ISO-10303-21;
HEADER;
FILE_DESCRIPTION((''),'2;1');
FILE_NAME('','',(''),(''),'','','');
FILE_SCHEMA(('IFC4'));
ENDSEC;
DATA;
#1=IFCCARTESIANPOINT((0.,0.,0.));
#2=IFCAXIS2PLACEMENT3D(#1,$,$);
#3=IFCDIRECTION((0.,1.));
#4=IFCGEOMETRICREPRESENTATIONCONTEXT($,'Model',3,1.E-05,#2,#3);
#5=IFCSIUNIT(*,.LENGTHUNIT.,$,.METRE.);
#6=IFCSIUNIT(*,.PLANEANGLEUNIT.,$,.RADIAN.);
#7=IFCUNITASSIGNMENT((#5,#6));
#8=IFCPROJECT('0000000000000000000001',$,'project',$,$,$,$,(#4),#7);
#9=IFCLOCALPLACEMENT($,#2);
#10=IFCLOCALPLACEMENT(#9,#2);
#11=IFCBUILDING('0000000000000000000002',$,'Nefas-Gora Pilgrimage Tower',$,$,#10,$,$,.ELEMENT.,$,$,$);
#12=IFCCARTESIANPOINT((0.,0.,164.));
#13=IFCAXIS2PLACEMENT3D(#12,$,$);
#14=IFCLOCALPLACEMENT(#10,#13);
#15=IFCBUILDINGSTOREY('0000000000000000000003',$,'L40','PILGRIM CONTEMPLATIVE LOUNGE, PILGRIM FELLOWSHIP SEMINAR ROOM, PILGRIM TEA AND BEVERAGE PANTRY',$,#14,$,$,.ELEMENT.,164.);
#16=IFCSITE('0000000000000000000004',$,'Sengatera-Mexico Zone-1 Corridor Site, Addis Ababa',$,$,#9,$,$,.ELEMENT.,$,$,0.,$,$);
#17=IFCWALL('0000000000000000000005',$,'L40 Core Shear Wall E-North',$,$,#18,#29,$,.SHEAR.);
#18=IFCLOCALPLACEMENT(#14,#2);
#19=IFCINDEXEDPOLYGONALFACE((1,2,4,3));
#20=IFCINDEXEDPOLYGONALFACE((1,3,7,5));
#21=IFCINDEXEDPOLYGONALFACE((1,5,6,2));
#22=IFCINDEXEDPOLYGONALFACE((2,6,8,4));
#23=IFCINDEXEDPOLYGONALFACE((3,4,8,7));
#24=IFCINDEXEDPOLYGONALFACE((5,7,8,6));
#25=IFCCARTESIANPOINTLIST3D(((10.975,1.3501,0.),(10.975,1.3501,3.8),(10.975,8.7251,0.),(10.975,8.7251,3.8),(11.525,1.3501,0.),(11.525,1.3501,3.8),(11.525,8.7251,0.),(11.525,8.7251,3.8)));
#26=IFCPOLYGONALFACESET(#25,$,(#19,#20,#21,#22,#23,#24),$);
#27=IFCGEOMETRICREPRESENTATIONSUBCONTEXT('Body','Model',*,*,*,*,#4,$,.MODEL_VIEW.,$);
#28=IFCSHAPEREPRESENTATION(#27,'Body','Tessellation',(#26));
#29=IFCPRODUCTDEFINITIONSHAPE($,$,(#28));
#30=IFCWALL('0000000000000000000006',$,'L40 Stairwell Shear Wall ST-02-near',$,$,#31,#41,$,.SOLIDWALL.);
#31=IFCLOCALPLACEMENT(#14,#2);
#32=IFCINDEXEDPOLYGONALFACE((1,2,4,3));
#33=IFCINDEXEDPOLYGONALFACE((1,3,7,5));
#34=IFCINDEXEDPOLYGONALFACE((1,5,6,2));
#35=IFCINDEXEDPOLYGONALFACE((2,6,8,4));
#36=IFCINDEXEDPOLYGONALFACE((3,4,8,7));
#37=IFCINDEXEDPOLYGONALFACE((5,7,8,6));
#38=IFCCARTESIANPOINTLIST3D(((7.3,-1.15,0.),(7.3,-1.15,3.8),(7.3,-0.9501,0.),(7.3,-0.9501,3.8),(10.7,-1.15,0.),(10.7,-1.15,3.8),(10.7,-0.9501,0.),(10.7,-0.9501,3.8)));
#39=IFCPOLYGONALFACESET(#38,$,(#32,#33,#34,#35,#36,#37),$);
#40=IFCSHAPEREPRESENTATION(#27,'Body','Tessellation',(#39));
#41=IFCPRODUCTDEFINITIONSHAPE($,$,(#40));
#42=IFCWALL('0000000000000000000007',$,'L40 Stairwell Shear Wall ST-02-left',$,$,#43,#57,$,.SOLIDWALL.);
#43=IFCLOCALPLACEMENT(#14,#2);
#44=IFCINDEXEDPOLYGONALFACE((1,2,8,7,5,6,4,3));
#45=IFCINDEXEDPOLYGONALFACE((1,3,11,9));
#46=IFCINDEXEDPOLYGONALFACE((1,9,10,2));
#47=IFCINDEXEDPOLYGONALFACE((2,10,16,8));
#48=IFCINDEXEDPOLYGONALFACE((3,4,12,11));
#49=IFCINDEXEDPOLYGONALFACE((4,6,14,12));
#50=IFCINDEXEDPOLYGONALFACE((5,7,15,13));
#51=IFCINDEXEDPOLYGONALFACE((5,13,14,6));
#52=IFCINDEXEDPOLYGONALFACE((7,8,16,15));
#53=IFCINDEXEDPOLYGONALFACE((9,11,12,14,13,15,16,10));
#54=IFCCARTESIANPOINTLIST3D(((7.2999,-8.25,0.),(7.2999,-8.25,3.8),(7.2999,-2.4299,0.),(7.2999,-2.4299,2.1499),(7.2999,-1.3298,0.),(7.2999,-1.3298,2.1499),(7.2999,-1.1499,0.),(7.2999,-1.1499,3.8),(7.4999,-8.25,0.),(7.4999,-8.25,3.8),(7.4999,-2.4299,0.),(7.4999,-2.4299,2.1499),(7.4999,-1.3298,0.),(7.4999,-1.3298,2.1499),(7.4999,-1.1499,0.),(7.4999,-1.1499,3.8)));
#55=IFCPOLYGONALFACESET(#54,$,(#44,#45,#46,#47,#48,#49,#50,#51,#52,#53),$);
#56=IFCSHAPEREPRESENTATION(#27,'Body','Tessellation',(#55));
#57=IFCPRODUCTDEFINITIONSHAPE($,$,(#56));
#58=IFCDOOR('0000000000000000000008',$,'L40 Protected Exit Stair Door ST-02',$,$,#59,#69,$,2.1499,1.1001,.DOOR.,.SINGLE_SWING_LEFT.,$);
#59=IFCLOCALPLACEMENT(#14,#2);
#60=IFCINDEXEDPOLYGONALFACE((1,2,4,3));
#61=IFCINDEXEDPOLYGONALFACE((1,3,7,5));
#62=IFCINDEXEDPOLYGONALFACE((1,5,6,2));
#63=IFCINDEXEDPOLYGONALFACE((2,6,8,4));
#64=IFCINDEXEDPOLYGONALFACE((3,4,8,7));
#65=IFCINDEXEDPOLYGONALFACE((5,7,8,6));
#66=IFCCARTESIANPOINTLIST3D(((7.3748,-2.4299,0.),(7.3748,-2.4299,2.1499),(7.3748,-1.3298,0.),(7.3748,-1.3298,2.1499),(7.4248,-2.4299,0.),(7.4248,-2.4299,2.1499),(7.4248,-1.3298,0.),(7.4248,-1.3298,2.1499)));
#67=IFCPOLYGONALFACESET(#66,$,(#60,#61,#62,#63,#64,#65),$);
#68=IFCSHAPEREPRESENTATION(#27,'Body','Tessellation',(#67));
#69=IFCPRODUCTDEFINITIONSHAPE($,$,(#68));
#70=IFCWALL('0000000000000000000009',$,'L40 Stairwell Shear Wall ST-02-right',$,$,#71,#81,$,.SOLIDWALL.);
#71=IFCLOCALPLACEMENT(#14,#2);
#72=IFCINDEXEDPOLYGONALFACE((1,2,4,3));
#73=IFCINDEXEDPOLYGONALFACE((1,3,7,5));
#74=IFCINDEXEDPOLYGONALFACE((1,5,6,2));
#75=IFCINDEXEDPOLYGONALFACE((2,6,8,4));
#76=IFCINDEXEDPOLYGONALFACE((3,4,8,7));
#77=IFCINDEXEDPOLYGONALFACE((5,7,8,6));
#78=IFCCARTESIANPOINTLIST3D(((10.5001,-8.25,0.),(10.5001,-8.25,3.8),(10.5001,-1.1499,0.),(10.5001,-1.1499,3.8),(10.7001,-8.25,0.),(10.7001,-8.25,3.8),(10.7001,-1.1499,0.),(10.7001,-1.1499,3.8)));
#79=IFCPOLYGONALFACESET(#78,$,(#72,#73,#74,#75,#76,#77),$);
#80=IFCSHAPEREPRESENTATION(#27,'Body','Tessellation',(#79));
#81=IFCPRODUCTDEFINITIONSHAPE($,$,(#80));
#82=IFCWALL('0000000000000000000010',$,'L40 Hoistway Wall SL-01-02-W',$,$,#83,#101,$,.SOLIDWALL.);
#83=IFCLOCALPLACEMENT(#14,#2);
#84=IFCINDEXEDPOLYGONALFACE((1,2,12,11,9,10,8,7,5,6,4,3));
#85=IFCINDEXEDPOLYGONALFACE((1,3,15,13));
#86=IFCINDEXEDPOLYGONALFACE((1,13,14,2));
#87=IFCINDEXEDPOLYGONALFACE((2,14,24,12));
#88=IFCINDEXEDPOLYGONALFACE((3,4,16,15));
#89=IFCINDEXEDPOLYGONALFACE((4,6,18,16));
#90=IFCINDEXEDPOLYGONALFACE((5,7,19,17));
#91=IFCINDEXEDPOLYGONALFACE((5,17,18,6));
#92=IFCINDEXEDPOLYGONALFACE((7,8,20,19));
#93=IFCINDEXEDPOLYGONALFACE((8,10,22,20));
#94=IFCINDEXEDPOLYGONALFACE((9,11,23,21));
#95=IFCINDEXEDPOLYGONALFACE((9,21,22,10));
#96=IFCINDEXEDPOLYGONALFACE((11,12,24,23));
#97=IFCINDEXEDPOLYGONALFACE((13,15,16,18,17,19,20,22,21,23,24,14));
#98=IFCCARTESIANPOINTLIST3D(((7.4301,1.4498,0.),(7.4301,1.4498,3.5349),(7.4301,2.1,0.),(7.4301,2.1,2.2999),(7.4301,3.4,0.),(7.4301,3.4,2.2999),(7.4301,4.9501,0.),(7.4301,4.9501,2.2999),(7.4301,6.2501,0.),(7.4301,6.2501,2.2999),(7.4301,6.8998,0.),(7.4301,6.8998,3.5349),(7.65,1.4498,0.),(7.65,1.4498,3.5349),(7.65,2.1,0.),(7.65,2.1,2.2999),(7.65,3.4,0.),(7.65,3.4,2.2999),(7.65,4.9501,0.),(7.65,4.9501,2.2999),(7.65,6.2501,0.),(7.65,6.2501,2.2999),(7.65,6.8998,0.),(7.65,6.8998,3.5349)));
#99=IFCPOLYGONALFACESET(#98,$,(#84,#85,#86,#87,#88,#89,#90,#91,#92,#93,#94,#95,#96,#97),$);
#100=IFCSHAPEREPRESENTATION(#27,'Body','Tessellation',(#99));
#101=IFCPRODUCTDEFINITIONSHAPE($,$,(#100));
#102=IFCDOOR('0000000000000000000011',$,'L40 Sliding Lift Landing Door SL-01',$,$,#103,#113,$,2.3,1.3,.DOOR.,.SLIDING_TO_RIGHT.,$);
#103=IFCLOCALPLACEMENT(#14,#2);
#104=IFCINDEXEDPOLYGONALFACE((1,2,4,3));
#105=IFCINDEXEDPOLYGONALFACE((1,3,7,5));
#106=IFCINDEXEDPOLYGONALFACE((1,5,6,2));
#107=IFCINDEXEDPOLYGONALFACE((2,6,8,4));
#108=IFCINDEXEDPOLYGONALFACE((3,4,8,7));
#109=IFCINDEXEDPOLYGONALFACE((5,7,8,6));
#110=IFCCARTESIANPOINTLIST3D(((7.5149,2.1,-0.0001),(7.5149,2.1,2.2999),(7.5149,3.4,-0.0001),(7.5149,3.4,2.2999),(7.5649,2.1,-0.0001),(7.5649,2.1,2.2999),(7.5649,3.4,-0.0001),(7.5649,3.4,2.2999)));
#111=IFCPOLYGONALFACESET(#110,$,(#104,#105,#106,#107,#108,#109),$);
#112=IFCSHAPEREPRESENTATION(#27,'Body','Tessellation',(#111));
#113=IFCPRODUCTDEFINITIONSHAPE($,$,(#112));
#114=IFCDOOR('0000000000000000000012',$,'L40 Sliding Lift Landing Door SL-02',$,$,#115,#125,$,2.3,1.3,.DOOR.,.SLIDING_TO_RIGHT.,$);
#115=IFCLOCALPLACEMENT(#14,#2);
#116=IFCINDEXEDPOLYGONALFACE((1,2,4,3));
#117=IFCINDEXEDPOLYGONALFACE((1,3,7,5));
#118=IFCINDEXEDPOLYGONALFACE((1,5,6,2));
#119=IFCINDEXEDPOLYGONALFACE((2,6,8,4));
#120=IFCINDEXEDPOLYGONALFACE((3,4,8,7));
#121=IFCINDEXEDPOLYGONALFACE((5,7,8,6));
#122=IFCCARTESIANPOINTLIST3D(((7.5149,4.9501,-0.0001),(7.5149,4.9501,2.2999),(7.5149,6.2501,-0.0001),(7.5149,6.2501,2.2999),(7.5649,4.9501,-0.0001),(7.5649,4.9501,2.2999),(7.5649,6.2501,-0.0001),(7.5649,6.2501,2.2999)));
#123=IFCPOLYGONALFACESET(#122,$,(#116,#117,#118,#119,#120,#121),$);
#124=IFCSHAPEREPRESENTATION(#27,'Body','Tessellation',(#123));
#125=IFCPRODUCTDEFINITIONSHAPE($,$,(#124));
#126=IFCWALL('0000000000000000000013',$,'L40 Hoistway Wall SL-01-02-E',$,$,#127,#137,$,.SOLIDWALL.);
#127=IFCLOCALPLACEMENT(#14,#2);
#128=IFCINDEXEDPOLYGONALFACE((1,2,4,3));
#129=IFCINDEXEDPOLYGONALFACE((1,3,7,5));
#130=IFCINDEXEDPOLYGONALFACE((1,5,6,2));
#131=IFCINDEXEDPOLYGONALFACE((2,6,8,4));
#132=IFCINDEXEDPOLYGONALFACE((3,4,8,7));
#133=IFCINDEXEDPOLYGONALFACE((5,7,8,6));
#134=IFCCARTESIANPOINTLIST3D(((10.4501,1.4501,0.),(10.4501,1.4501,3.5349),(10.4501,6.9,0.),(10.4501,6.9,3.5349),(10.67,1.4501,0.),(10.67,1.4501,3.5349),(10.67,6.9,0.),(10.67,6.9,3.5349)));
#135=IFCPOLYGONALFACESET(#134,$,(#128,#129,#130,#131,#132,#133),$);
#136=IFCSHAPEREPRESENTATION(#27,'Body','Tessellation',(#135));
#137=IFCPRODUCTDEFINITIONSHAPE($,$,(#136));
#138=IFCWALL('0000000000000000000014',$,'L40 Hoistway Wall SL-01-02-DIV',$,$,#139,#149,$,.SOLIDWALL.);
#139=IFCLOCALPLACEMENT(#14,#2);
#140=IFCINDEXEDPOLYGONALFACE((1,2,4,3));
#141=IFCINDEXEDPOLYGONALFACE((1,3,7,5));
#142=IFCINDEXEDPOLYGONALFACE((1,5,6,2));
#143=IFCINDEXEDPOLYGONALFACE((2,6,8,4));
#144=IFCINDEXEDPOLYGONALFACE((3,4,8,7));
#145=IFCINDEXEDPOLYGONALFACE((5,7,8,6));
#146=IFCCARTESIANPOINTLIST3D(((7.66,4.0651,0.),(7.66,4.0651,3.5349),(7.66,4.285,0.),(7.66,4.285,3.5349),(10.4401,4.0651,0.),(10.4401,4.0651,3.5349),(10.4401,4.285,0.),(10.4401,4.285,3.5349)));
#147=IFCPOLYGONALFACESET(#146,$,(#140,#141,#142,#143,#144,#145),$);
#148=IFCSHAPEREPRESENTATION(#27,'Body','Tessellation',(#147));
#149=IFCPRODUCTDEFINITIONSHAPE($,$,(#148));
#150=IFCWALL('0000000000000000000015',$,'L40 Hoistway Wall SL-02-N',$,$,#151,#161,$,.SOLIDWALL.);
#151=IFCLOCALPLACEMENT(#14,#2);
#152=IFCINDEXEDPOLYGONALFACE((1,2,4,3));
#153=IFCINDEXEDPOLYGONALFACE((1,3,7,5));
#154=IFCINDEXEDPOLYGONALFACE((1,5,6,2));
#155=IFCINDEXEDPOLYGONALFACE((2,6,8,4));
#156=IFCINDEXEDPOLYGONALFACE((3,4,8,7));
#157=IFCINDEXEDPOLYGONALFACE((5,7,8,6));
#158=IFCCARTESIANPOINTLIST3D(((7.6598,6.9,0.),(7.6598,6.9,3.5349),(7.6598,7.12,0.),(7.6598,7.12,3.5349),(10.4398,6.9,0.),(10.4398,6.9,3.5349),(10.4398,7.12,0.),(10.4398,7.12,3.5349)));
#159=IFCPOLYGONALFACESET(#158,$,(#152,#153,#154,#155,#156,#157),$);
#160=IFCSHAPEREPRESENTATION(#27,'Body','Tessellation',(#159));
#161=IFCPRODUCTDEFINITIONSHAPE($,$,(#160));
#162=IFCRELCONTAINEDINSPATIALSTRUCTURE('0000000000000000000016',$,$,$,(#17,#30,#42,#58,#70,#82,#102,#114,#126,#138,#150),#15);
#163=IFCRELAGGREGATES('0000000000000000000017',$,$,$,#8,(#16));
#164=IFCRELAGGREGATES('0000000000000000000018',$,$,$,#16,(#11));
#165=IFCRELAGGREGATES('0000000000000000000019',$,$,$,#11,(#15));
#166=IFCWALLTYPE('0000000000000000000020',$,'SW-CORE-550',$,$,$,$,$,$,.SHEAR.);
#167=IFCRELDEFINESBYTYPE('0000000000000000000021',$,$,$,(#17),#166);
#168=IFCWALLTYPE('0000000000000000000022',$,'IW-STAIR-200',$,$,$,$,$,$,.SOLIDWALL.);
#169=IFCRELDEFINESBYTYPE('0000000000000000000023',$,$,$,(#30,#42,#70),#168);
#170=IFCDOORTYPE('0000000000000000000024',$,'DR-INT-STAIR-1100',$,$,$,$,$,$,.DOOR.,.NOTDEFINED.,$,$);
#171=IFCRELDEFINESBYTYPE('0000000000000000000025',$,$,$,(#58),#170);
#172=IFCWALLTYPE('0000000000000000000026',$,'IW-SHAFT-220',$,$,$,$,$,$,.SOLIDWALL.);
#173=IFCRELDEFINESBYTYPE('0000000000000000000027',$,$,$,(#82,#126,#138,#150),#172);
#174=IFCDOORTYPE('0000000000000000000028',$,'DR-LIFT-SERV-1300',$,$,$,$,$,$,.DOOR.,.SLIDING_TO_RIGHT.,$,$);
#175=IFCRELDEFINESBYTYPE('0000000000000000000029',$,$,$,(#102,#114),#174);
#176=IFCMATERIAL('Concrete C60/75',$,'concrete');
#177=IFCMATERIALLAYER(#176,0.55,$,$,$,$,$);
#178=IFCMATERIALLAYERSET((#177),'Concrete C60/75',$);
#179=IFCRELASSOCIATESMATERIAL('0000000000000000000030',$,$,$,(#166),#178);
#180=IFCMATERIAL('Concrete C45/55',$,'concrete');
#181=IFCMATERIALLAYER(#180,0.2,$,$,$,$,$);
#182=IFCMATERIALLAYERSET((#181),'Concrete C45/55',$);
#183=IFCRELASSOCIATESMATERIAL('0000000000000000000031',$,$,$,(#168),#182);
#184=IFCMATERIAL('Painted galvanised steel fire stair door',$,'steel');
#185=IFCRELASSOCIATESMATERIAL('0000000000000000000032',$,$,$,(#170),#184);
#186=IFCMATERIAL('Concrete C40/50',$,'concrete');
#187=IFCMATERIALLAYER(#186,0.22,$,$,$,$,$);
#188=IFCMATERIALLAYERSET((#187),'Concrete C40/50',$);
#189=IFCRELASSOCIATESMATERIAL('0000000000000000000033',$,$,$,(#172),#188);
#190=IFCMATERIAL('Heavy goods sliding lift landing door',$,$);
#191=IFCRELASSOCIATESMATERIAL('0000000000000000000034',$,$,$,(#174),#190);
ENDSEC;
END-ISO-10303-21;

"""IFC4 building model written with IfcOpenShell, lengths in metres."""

from ifc_helpers import new_model, si_unit, direction, frame, frame_2d, origin, place, context, subcontext, project, spatial, rectangle, extrude, source, transform, mapped, material, layer, layer_set, type_object, element, fill, save


model = new_model("IFC4")

# Units and contexts
model_context = context("Model", 3, precision=1e-05, world=origin(), true_north=direction((0.0, 1.0)))
body_context = subcontext(model_context, "Body", "Model", "MODEL_VIEW")
ifc_project = project(units=[si_unit("LENGTHUNIT", "METRE"), si_unit("PLANEANGLEUNIT", "RADIAN")], contexts=[model_context])

# Site, building, storey
site_placement = place(None, origin())
site = spatial("IfcSite", under=ifc_project, at=site_placement, Name="Sengatera-Mexico Zone-1 Corridor Site, Addis Ababa", CompositionType="ELEMENT", RefElevation=0.0)
building_placement = place(site_placement, origin())
building = spatial("IfcBuilding", under=site, at=building_placement, Name="Nefas-Gora Pilgrimage Tower", CompositionType="ELEMENT")
storey_placement = place(building_placement, frame((0.0, 0.0, 164.0)))
storey = spatial("IfcBuildingStorey", under=building, at=storey_placement, Name="L40", Description="PILGRIM CONTEMPLATIVE LOUNGE, PILGRIM FELLOWSHIP SEMINAR ROOM, PILGRIM TEA AND BEVERAGE PANTRY", CompositionType="ELEMENT", Elevation=164.0)

# Shared definitions
ifc_material_1 = material(Name="Concrete C60/75", Category="concrete")

# Shared definitions
ifc_material_2 = material(Name="Concrete C40/50", Category="concrete")

# Shared definitions
ifc_material_3 = material(Name="Concrete C45/55", Category="concrete")

# Walls
ifc_layer_1 = layer(ifc_material_1, 0.55)
ifc_layer_set_1 = layer_set([ifc_layer_1], Name="Concrete C60/75")
wall_type_1 = type_object("IfcWallType", Name="SW-CORE-550", PredefinedType="SHEAR", material=ifc_layer_set_1)
shared_shape_1 = source(origin(), body_context, "Body", "SweptSolid", [
    extrude(rectangle(XDim=7.375, YDim=0.55, at=frame_2d((3.6875, 0.0))), origin(), (0.0, 0.0, 1.0), 3.8),
])
wall_1_placement = place(storey_placement, frame((11.25, 1.3501, 0.0), z_axis=(0.0, 0.0, 1.0), x_axis=(0.0, 1.0, 0.0)))
element("IfcWall", 1, at=wall_1_placement, inside=storey, type_object=wall_type_1, Name="L40 Core Shear Wall E-North", PredefinedType="SHEAR", context=body_context, shape_type="MappedRepresentation", body=[
    mapped(shared_shape_1, transform((0.0, 0.0, 0.0), x_axis=(1.0, 0.0, 0.0), y_axis=(0.0, 1.0, 0.0), z_axis=(0.0, 0.0, 1.0), scale=1.0)),
])
ifc_layer_2 = layer(ifc_material_3, 0.2)
ifc_layer_set_2 = layer_set([ifc_layer_2], Name="Concrete C45/55")
wall_type_2 = type_object("IfcWallType", Name="IW-STAIR-200", PredefinedType="SOLIDWALL", material=ifc_layer_set_2)
shared_shape_2 = source(origin(), body_context, "Body", "SweptSolid", [
    extrude(rectangle(XDim=3.3999, YDim=0.2, at=frame_2d((1.7, 0.0))), origin(), (0.0, 0.0, 1.0), 3.8),
])
wall_2_placement = place(storey_placement, frame((7.3, -1.05, 0.0), z_axis=(0.0, 0.0, 1.0), x_axis=(1.0, 0.0, 0.0)))
element("IfcWall", 2, at=wall_2_placement, inside=storey, type_object=wall_type_2, Name="L40 Stairwell Shear Wall ST-02-near", PredefinedType="SOLIDWALL", context=body_context, shape_type="MappedRepresentation", body=[
    mapped(shared_shape_2, transform((0.0, 0.0, 0.0), x_axis=(1.0, 0.0, 0.0), y_axis=(0.0, 1.0, 0.0), z_axis=(0.0, 0.0, 1.0), scale=1.0)),
])

# Wall, opening, door
shared_shape_3 = source(origin(), body_context, "Body", "SweptSolid", [
    extrude(rectangle(XDim=7.1001, YDim=0.2, at=frame_2d((3.55, 0.0))), origin(), (0.0, 0.0, 1.0), 3.8),
])
wall_3_placement = place(storey_placement, frame((7.3999, -1.1499, 0.0), z_axis=(0.0, 0.0, 1.0), x_axis=(0.0, -1.0, 0.0)))
wall_3 = element("IfcWall", 3, at=wall_3_placement, inside=storey, type_object=wall_type_2, Name="L40 Stairwell Shear Wall ST-02-left", PredefinedType="SOLIDWALL", context=body_context, shape_type="MappedRepresentation", body=[
    mapped(shared_shape_3, transform((0.0, 0.0, 0.0), x_axis=(1.0, 0.0, 0.0), y_axis=(0.0, 1.0, 0.0), z_axis=(0.0, 0.0, 1.0), scale=1.0)),
])
opening_1_placement = place(wall_3_placement, frame((0.1799, 0.0, 0.0)))
opening_1 = element("IfcOpeningElement", 4, at=opening_1_placement, cuts=wall_3, PredefinedType="OPENING", context=body_context, shape_type="SweptSolid", body=[
    extrude(rectangle(XDim=1.1001, YDim=2.1499, at=frame_2d((0.55, 1.075))), frame((0.0, 0.1099, 0.0), z_axis=(0.0, -1.0, 0.0), x_axis=(1.0, 0.0, 0.0)), (0.0, 0.0, 1.0), 0.22),
])
ifc_material_4 = material(Name="Painted galvanised steel fire stair door", Category="steel")
door_type_1 = type_object("IfcDoorType", Name="DR-INT-STAIR-1100", OperationType="NOTDEFINED", PredefinedType="DOOR", material=ifc_material_4)
shared_shape_4 = source(origin(), body_context, "Body", "SweptSolid", [
    extrude(rectangle(XDim=1.1001, YDim=2.1499, at=frame_2d((0.55, 1.075))), frame((0.0, 0.0249, 0.0), z_axis=(0.0, -1.0, 0.0), x_axis=(1.0, 0.0, 0.0)), (0.0, 0.0, 1.0), 0.05),
])
door_1_placement = place(opening_1_placement, origin())
door_1 = element("IfcDoor", 5, at=door_1_placement, inside=storey, type_object=door_type_1, Name="L40 Protected Exit Stair Door ST-02", OperationType="SINGLE_SWING_LEFT", OverallHeight=2.1499, OverallWidth=1.1001, PredefinedType="DOOR", context=body_context, shape_type="MappedRepresentation", body=[
    mapped(shared_shape_4, transform((0.0, 0.0, 0.0), x_axis=(1.0, 0.0, 0.0), y_axis=(0.0, 1.0, 0.0), z_axis=(0.0, 0.0, 1.0), scale=1.0)),
])
fill(opening_1, door_1)

# Wall
wall_4_placement = place(storey_placement, frame((10.6001, -1.1499, 0.0), z_axis=(0.0, 0.0, 1.0), x_axis=(0.0, -1.0, 0.0)))
element("IfcWall", 6, at=wall_4_placement, inside=storey, type_object=wall_type_2, Name="L40 Stairwell Shear Wall ST-02-right", PredefinedType="SOLIDWALL", context=body_context, shape_type="MappedRepresentation", body=[
    mapped(shared_shape_3, transform((0.0, 0.0, 0.0), x_axis=(1.0, 0.0, 0.0), y_axis=(0.0, 1.0, 0.0), z_axis=(0.0, 0.0, 1.0), scale=1.0)),
])

# Wall, openings, doors
ifc_layer_3 = layer(ifc_material_2, 0.22)
ifc_layer_set_3 = layer_set([ifc_layer_3], Name="Concrete C40/50")
wall_type_3 = type_object("IfcWallType", Name="IW-SHAFT-220", PredefinedType="SOLIDWALL", material=ifc_layer_set_3)
shared_shape_5 = source(origin(), body_context, "Body", "SweptSolid", [
    extrude(rectangle(XDim=5.45, YDim=0.22, at=frame_2d((2.7251, 0.0))), origin(), (0.0, 0.0, 1.0), 3.5349),
])
wall_5_placement = place(storey_placement, frame((7.54, 6.8999, 0.0), z_axis=(0.0, 0.0, 1.0), x_axis=(0.0, -1.0, 0.0)))
wall_5 = element("IfcWall", 7, at=wall_5_placement, inside=storey, type_object=wall_type_3, Name="L40 Hoistway Wall SL-01-02-W", PredefinedType="SOLIDWALL", context=body_context, shape_type="MappedRepresentation", body=[
    mapped(shared_shape_5, transform((0.0, 0.0, 0.0), x_axis=(1.0, 0.0, 0.0), y_axis=(0.0, 1.0, 0.0), z_axis=(0.0, 0.0, 1.0), scale=1.0)),
])
opening_2_placement = place(wall_5_placement, frame((3.5, 0.0, 0.0)))
opening_2 = element("IfcOpeningElement", 8, at=opening_2_placement, cuts=wall_5, PredefinedType="OPENING", context=body_context, shape_type="SweptSolid", body=[
    extrude(rectangle(XDim=1.3, YDim=2.3, at=frame_2d((0.6499, 1.1499))), frame((0.0, 0.1199, 0.0), z_axis=(0.0, -1.0, 0.0), x_axis=(1.0, 0.0, 0.0)), (0.0, 0.0, 1.0), 0.24),
])
opening_3_placement = place(wall_5_placement, frame((0.6499, 0.0, 0.0)))
opening_3 = element("IfcOpeningElement", 9, at=opening_3_placement, cuts=wall_5, PredefinedType="OPENING", context=body_context, shape_type="SweptSolid", body=[
    extrude(rectangle(XDim=1.3, YDim=2.3, at=frame_2d((0.6499, 1.1499))), frame((0.0, 0.1199, 0.0), z_axis=(0.0, -1.0, 0.0), x_axis=(1.0, 0.0, 0.0)), (0.0, 0.0, 1.0), 0.24),
])
ifc_material_5 = material(Name="Heavy goods sliding lift landing door")
door_type_2 = type_object("IfcDoorType", Name="DR-LIFT-SERV-1300", OperationType="SLIDING_TO_RIGHT", PredefinedType="DOOR", material=ifc_material_5)
shared_shape_6 = source(origin(), body_context, "Body", "SweptSolid", [
    extrude(rectangle(XDim=1.3, YDim=2.3, at=frame_2d((0.6499, 1.1499))), frame((0.0, 0.0249, 0.0), z_axis=(0.0, -1.0, 0.0), x_axis=(1.0, 0.0, 0.0)), (0.0, 0.0, 1.0), 0.05),
])
door_2_placement = place(opening_2_placement, origin())
door_2 = element("IfcDoor", 10, at=door_2_placement, inside=storey, type_object=door_type_2, Name="L40 Sliding Lift Landing Door SL-01", OperationType="SLIDING_TO_RIGHT", OverallHeight=2.3, OverallWidth=1.3, PredefinedType="DOOR", context=body_context, shape_type="MappedRepresentation", body=[
    mapped(shared_shape_6, transform((0.0, 0.0, 0.0), x_axis=(1.0, 0.0, 0.0), y_axis=(0.0, 1.0, 0.0), z_axis=(0.0, 0.0, 1.0), scale=1.0)),
])
fill(opening_2, door_2)
door_3_placement = place(opening_3_placement, origin())
door_3 = element("IfcDoor", 11, at=door_3_placement, inside=storey, type_object=door_type_2, Name="L40 Sliding Lift Landing Door SL-02", OperationType="SLIDING_TO_RIGHT", OverallHeight=2.3, OverallWidth=1.3, PredefinedType="DOOR", context=body_context, shape_type="MappedRepresentation", body=[
    mapped(shared_shape_6, transform((0.0, 0.0, 0.0), x_axis=(1.0, 0.0, 0.0), y_axis=(0.0, 1.0, 0.0), z_axis=(0.0, 0.0, 1.0), scale=1.0)),
])
fill(opening_3, door_3)

# Walls
wall_6_placement = place(storey_placement, frame((10.5601, 1.45, 0.0), z_axis=(0.0, 0.0, 1.0), x_axis=(0.0, 1.0, 0.0)))
element("IfcWall", 12, at=wall_6_placement, inside=storey, type_object=wall_type_3, Name="L40 Hoistway Wall SL-01-02-E", PredefinedType="SOLIDWALL", context=body_context, shape_type="MappedRepresentation", body=[
    mapped(shared_shape_5, transform((0.0, 0.0, 0.0), x_axis=(1.0, 0.0, 0.0), y_axis=(0.0, 1.0, 0.0), z_axis=(0.0, 0.0, 1.0), scale=1.0)),
])
shared_shape_7 = source(origin(), body_context, "Body", "SweptSolid", [
    extrude(rectangle(XDim=2.78, YDim=0.22, at=frame_2d((1.3901, 0.0))), origin(), (0.0, 0.0, 1.0), 3.5349),
])
for number, where, z_axis, x_axis, name in (
    (13, (7.6599, 4.175, 0.0), (0.0, 0.0, 1.0), (1.0, 0.0, 0.0), "L40 Hoistway Wall SL-01-02-DIV"),
    (14, (10.4399, 7.01, 0.0), (0.0, 0.0, 1.0), (-1.0, 0.0, 0.0), "L40 Hoistway Wall SL-02-N"),
):
    element("IfcWall", number, at=place(storey_placement, frame(where, z_axis=z_axis, x_axis=x_axis)), inside=storey, type_object=wall_type_3, Name=name, PredefinedType="SOLIDWALL", context=body_context, shape_type="MappedRepresentation", body=[
        mapped(shared_shape_7, transform((0.0, 0.0, 0.0), x_axis=(1.0, 0.0, 0.0), y_axis=(0.0, 1.0, 0.0), z_axis=(0.0, 0.0, 1.0), scale=1.0)),
    ])

save(model, "model.ifc")
